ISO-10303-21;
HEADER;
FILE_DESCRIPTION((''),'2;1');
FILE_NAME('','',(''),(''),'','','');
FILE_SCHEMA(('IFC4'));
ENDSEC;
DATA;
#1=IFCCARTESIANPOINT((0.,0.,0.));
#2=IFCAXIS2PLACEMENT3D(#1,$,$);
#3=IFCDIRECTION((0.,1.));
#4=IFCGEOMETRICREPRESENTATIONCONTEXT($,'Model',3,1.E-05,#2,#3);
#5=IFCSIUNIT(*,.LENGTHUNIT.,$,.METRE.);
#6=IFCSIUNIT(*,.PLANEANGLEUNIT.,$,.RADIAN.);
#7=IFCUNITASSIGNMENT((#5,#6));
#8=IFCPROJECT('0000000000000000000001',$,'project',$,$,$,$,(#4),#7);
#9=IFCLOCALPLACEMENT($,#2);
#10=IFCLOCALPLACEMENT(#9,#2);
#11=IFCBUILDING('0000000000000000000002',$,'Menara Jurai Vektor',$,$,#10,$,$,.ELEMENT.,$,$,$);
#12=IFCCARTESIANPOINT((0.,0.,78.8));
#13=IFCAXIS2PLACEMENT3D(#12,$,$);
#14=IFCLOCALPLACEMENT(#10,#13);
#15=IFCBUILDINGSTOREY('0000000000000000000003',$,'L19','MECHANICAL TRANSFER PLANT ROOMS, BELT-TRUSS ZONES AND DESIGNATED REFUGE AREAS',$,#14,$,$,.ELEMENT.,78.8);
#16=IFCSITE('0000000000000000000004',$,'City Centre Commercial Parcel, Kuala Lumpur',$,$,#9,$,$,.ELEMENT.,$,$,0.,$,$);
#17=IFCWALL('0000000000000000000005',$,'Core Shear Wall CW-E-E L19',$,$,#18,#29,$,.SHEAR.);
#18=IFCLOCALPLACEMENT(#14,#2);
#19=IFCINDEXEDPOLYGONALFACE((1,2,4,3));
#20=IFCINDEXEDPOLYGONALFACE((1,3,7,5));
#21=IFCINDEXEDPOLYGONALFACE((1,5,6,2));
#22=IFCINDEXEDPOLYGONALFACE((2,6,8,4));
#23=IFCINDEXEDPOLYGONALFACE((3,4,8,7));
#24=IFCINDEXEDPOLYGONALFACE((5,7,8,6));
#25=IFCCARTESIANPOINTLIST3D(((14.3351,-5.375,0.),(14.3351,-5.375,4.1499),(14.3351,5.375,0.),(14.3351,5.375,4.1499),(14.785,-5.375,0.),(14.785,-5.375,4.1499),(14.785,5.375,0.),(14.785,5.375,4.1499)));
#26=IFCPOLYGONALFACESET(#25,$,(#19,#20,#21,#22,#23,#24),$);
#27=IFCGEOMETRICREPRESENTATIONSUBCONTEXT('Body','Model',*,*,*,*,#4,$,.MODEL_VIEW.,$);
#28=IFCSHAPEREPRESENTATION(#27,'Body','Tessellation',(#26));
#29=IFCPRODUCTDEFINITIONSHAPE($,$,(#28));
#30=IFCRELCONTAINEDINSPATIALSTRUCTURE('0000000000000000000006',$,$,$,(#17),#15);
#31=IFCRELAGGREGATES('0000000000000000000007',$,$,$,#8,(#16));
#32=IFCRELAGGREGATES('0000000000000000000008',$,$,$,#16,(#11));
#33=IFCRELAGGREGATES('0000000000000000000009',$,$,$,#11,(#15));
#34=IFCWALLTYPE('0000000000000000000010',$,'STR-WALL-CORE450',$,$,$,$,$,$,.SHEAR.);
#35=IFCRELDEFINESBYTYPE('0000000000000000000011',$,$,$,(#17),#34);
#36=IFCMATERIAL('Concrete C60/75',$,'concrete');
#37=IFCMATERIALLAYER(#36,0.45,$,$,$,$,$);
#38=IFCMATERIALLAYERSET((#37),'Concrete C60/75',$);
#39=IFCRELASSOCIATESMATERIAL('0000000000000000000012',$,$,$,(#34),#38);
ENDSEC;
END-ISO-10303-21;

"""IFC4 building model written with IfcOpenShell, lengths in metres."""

from ifc_helpers import new_model, si_unit, direction, frame, frame_2d, origin, place, context, subcontext, project, spatial, rectangle, extrude, material, layer, layer_set, type_object, element, save


model = new_model("IFC4")

# Units and contexts
model_context = context("Model", 3, precision=1e-05, world=origin(), true_north=direction((0.0, 1.0)))
body_context = subcontext(model_context, "Body", "Model", "MODEL_VIEW")
ifc_project = project(units=[si_unit("LENGTHUNIT", "METRE"), si_unit("PLANEANGLEUNIT", "RADIAN")], contexts=[model_context])

# Site, building, storey
site_placement = place(None, origin())
site = spatial("IfcSite", under=ifc_project, at=site_placement, Name="City Centre Commercial Parcel, Kuala Lumpur", CompositionType="ELEMENT", RefElevation=0.0)
building_placement = place(site_placement, origin())
building = spatial("IfcBuilding", under=site, at=building_placement, Name="Menara Jurai Vektor", CompositionType="ELEMENT")
storey_placement = place(building_placement, frame((0.0, 0.0, 78.8)))
storey = spatial("IfcBuildingStorey", under=building, at=storey_placement, Name="L19", Description="MECHANICAL TRANSFER PLANT ROOMS, BELT-TRUSS ZONES AND DESIGNATED REFUGE AREAS", CompositionType="ELEMENT", Elevation=78.8)

# Shared definitions
ifc_material_1 = material(Name="Concrete C60/75", Category="concrete")

# Wall
ifc_layer_1 = layer(ifc_material_1, 0.45)
ifc_layer_set_1 = layer_set([ifc_layer_1], Name="Concrete C60/75")
wall_type_1 = type_object("IfcWallType", Name="STR-WALL-CORE450", PredefinedType="SHEAR", material=ifc_layer_set_1)
wall_1_placement = place(storey_placement, frame((14.5601, -5.375, 0.0), z_axis=(0.0, 0.0, 1.0), x_axis=(0.0, 1.0, 0.0)))
element("IfcWall", 1, at=wall_1_placement, inside=storey, type_object=wall_type_1, Name="Core Shear Wall CW-E-E L19", PredefinedType="SHEAR", context=body_context, shape_type="SweptSolid", body=[
    extrude(rectangle(XDim=10.75, YDim=0.45, at=frame_2d((5.375, 0.0))), origin(), (0.0, 0.0, 1.0), 4.1499),
])

save(model, "model.ifc")
